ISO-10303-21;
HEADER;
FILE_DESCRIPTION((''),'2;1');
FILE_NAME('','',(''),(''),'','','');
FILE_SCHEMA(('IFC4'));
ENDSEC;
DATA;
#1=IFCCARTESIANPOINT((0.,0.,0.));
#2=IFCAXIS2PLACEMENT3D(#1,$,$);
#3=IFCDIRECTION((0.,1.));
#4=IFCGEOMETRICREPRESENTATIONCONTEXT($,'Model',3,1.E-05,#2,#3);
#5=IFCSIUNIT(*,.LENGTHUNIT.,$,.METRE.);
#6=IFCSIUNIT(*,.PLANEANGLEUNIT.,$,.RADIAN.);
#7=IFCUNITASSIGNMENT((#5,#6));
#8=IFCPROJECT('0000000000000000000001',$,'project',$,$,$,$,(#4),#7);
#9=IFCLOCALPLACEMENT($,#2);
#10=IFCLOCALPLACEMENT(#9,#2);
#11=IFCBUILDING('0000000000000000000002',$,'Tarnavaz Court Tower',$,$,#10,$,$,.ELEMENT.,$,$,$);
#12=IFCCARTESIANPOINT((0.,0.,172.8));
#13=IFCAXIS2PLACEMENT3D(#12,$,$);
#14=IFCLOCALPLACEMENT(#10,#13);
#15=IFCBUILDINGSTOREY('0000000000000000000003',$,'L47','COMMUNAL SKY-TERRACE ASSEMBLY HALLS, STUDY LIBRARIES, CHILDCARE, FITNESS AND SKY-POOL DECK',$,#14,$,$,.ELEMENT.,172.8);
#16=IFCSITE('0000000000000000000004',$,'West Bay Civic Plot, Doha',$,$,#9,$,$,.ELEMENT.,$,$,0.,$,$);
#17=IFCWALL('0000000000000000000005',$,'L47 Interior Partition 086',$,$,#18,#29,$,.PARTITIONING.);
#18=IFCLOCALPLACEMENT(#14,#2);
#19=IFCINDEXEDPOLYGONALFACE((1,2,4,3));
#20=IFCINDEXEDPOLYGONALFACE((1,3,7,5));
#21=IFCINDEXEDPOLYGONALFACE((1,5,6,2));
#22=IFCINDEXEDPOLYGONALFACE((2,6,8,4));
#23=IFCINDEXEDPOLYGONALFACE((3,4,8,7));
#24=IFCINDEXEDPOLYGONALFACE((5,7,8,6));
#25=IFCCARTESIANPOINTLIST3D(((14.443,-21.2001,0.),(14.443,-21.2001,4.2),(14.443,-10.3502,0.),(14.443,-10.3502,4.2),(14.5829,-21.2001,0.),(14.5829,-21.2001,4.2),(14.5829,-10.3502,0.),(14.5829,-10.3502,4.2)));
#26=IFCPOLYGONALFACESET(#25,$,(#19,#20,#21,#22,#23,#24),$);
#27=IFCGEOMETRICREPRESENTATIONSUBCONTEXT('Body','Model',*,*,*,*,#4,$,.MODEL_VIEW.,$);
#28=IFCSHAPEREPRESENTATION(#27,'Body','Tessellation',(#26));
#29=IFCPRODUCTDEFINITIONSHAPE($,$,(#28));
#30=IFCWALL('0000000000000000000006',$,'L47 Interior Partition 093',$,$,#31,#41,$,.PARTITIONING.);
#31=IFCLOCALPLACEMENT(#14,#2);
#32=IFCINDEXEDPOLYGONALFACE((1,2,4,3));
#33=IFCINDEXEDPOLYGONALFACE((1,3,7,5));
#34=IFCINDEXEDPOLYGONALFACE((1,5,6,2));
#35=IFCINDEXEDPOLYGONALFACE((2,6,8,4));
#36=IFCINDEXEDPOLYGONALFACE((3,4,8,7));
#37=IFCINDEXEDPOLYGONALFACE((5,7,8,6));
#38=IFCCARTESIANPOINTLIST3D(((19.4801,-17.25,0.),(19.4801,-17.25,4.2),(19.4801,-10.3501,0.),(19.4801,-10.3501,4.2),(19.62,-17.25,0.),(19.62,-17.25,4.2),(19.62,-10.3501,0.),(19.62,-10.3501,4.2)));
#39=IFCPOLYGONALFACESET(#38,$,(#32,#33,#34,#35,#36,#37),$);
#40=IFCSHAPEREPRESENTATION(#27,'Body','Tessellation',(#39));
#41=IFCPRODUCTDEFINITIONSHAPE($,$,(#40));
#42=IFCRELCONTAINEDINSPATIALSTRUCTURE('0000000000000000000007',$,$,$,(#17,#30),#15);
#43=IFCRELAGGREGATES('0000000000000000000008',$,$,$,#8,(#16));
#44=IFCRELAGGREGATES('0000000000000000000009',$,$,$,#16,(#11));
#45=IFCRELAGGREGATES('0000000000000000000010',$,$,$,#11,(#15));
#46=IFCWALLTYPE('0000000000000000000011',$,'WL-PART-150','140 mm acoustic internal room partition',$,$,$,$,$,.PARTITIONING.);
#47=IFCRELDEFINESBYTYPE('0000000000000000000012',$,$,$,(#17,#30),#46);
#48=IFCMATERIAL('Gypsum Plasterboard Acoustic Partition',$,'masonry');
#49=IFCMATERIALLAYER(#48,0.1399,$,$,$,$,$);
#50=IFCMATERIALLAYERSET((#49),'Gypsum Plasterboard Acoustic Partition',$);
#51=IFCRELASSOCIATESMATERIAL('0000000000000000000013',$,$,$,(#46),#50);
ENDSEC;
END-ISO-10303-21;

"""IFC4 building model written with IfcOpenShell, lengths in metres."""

from ifc_helpers import new_model, si_unit, direction, frame, frame_2d, origin, place, context, subcontext, project, spatial, rectangle, extrude, material, layer, layer_set, type_object, element, save


model = new_model("IFC4")

# Units and contexts
model_context = context("Model", 3, precision=1e-05, world=origin(), true_north=direction((0.0, 1.0)))
body_context = subcontext(model_context, "Body", "Model", "MODEL_VIEW")
ifc_project = project(units=[si_unit("LENGTHUNIT", "METRE"), si_unit("PLANEANGLEUNIT", "RADIAN")], contexts=[model_context])

# Site, building, storey
site_placement = place(None, origin())
site = spatial("IfcSite", under=ifc_project, at=site_placement, Name="West Bay Civic Plot, Doha", CompositionType="ELEMENT", RefElevation=0.0)
building_placement = place(site_placement, origin())
building = spatial("IfcBuilding", under=site, at=building_placement, Name="Tarnavaz Court Tower", CompositionType="ELEMENT")
storey_placement = place(building_placement, frame((0.0, 0.0, 172.8)))
storey = spatial("IfcBuildingStorey", under=building, at=storey_placement, Name="L47", Description="COMMUNAL SKY-TERRACE ASSEMBLY HALLS, STUDY LIBRARIES, CHILDCARE, FITNESS AND SKY-POOL DECK", CompositionType="ELEMENT", Elevation=172.8)

# Walls
ifc_material_1 = material(Name="Gypsum Plasterboard Acoustic Partition", Category="masonry")
ifc_layer_1 = layer(ifc_material_1, 0.1399)
ifc_layer_set_1 = layer_set([ifc_layer_1], Name="Gypsum Plasterboard Acoustic Partition")
wall_type_1 = type_object("IfcWallType", Name="WL-PART-150", Description="140 mm acoustic internal room partition", PredefinedType="PARTITIONING", material=ifc_layer_set_1)
wall_1_placement = place(storey_placement, frame((14.5129, -21.2, 0.0), z_axis=(0.0, 0.0, 1.0), x_axis=(0.0, 1.0, 0.0)))
element("IfcWall", 1, at=wall_1_placement, inside=storey, type_object=wall_type_1, Name="L47 Interior Partition 086", PredefinedType="PARTITIONING", context=body_context, shape_type="SweptSolid", body=[
    extrude(rectangle(XDim=10.8499, YDim=0.1399, at=frame_2d((5.4248, 0.0))), origin(), (0.0, 0.0, 1.0), 4.2),
])
wall_2_placement = place(storey_placement, frame((19.55, -17.25, 0.0), z_axis=(0.0, 0.0, 1.0), x_axis=(0.0, 1.0, 0.0)))
element("IfcWall", 2, at=wall_2_placement, inside=storey, type_object=wall_type_1, Name="L47 Interior Partition 093", PredefinedType="PARTITIONING", context=body_context, shape_type="SweptSolid", body=[
    extrude(rectangle(XDim=6.8999, YDim=0.1399, at=frame_2d((3.45, 0.0))), origin(), (0.0, 0.0, 1.0), 4.2),
])

save(model, "model.ifc")
